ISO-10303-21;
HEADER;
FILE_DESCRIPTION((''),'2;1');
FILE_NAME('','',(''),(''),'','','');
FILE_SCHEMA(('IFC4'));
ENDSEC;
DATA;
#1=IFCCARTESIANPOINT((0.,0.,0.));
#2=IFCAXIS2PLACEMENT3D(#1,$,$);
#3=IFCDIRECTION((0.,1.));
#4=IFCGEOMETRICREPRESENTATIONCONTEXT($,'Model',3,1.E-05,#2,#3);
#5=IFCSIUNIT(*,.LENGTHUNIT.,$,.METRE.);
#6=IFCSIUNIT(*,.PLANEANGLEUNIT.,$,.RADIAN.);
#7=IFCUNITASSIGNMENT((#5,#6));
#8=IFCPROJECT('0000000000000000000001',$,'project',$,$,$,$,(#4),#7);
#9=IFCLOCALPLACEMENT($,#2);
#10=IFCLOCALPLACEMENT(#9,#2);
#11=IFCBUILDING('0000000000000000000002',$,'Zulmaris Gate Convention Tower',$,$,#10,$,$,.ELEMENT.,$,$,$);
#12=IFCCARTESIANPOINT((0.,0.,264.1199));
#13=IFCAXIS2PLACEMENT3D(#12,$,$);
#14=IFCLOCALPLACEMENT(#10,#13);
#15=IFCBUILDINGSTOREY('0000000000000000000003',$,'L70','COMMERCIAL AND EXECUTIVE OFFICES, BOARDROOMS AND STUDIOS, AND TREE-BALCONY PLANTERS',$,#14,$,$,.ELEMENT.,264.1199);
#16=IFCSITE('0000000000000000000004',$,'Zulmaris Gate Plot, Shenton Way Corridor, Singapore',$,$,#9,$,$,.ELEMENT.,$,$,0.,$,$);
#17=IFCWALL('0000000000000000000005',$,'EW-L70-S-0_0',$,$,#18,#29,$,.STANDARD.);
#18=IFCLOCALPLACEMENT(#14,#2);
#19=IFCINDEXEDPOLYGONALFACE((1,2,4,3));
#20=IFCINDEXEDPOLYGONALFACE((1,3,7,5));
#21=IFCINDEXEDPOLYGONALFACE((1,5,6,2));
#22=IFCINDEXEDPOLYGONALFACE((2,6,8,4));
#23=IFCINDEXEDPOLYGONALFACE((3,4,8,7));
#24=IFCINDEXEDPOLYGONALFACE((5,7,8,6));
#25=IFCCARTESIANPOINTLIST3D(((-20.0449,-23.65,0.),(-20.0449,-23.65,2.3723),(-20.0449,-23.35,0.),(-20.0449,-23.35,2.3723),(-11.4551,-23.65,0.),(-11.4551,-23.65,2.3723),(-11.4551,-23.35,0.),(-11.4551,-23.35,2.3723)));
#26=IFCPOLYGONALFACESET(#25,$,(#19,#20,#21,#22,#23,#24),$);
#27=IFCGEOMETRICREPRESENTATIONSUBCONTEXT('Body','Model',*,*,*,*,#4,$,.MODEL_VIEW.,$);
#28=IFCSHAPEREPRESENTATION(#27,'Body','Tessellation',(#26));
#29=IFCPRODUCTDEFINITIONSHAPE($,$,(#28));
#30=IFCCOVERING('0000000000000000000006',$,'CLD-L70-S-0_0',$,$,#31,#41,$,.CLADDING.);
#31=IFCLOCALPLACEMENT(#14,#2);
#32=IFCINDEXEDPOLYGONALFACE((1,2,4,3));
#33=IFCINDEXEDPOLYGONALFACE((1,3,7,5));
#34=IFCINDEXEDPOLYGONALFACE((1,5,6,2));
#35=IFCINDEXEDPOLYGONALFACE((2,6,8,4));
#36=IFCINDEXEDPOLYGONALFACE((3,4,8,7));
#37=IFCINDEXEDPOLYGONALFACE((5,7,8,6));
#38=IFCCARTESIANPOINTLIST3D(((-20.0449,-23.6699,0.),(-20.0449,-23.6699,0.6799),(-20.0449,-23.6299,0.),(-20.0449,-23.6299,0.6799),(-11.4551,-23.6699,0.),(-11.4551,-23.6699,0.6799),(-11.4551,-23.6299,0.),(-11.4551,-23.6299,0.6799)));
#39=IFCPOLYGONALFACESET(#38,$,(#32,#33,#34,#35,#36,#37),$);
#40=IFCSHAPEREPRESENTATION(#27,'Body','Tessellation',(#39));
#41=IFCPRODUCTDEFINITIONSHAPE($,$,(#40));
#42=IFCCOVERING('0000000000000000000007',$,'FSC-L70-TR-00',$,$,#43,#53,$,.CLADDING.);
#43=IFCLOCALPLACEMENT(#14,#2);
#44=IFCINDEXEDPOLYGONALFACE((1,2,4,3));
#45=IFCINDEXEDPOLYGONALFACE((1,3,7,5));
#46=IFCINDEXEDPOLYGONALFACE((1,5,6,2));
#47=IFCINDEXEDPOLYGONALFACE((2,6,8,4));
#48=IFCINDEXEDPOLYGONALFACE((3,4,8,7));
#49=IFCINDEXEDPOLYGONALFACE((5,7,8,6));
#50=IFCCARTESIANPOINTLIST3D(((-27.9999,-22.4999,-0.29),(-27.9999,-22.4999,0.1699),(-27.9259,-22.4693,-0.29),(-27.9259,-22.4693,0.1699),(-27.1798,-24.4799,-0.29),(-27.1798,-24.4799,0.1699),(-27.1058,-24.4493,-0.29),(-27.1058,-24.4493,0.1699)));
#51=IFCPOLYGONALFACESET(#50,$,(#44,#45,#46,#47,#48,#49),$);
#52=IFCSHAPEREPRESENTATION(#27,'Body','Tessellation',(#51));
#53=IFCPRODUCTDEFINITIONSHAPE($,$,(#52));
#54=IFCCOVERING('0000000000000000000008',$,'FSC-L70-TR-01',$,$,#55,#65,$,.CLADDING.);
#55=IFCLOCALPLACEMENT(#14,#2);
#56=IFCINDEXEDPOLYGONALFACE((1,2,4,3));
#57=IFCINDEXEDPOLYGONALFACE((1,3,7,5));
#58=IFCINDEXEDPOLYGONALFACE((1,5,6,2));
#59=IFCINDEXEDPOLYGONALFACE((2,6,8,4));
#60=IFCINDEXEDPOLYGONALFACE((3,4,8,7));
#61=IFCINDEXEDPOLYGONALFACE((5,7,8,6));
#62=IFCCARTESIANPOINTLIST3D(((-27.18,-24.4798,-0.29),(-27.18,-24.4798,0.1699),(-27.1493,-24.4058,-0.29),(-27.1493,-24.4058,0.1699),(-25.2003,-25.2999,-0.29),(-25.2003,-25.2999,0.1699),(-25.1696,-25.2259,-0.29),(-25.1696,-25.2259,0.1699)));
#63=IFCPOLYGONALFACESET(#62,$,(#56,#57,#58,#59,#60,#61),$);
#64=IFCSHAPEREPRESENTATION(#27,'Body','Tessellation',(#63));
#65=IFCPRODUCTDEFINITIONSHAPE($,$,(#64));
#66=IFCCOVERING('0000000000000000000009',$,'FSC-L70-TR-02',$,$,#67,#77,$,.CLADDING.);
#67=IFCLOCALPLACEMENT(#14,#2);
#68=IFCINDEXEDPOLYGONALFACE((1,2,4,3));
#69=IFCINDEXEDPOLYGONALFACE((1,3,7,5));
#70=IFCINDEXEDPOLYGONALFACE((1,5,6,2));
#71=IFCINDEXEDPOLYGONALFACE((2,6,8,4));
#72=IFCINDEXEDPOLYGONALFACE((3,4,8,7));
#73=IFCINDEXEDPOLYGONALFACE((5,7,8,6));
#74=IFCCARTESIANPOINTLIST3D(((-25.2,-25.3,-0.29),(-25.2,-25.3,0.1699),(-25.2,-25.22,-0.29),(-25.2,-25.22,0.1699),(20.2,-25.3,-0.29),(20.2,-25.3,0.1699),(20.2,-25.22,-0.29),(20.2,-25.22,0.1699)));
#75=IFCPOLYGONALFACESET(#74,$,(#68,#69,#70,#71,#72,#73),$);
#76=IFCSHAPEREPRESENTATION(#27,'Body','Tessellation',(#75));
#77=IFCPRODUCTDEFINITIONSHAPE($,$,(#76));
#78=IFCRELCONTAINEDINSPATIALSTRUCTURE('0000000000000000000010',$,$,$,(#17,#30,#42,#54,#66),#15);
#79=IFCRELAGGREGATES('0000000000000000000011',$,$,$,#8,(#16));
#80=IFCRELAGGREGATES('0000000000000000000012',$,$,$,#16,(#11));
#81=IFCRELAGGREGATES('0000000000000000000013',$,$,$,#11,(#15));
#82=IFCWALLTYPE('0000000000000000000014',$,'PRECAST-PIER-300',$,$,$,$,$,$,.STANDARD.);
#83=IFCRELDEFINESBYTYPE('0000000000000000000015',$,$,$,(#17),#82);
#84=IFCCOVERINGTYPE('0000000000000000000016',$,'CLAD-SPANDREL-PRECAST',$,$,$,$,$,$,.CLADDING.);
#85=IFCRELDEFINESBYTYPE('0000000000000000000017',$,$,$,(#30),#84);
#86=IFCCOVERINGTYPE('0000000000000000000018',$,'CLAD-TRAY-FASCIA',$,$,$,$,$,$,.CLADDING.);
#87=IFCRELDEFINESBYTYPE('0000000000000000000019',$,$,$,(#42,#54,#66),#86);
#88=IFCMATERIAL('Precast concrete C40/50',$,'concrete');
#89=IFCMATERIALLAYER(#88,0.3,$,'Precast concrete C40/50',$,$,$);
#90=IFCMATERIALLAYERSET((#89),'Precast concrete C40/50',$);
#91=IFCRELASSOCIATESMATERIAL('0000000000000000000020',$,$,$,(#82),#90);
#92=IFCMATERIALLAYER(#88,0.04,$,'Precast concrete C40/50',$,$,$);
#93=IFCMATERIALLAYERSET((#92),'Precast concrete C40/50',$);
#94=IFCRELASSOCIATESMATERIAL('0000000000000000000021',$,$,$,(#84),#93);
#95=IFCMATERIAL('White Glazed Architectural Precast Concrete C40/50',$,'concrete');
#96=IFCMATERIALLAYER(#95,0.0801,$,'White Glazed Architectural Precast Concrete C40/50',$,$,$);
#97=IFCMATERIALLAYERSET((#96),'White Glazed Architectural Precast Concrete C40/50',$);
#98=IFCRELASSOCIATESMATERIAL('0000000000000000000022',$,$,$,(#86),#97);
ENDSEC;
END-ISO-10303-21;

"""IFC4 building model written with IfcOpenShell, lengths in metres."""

from ifc_helpers import new_model, si_unit, direction, frame, frame_2d, origin, place, context, subcontext, project, spatial, rectangle, extrude, material, layer, layer_set, type_object, element, save


model = new_model("IFC4")

# Units and contexts
model_context = context("Model", 3, precision=1e-05, world=origin(), true_north=direction((0.0, 1.0)))
body_context = subcontext(model_context, "Body", "Model", "MODEL_VIEW")
ifc_project = project(units=[si_unit("LENGTHUNIT", "METRE"), si_unit("PLANEANGLEUNIT", "RADIAN")], contexts=[model_context])

# Site, building, storey
site_placement = place(None, origin())
site = spatial("IfcSite", under=ifc_project, at=site_placement, Name="Zulmaris Gate Plot, Shenton Way Corridor, Singapore", CompositionType="ELEMENT", RefElevation=0.0)
building_placement = place(site_placement, origin())
building = spatial("IfcBuilding", under=site, at=building_placement, Name="Zulmaris Gate Convention Tower", CompositionType="ELEMENT")
storey_placement = place(building_placement, frame((0.0, 0.0, 264.1199)))
storey = spatial("IfcBuildingStorey", under=building, at=storey_placement, Name="L70", Description="COMMERCIAL AND EXECUTIVE OFFICES, BOARDROOMS AND STUDIOS, AND TREE-BALCONY PLANTERS", CompositionType="ELEMENT", Elevation=264.1199)

# Shared definitions
ifc_material_1 = material(Name="Precast concrete C40/50", Category="concrete")
ifc_layer_1 = layer(ifc_material_1, 0.3, Name="Precast concrete C40/50")
ifc_layer_set_1 = layer_set([ifc_layer_1], Name="Precast concrete C40/50")
wall_type_1 = type_object("IfcWallType", Name="PRECAST-PIER-300", PredefinedType="STANDARD", material=ifc_layer_set_1)

# Wall
wall_1_placement = place(storey_placement, frame((-20.0449, -23.5, 0.0), z_axis=(0.0, 0.0, 1.0), x_axis=(1.0, 0.0, 0.0)))
element("IfcWall", 1, at=wall_1_placement, inside=storey, type_object=wall_type_1, Name="EW-L70-S-0_0", PredefinedType="STANDARD", context=body_context, shape_type="SweptSolid", body=[
    extrude(rectangle(XDim=8.5898, YDim=0.3, at=frame_2d((4.2949, 0.0))), origin(), (0.0, 0.0, 1.0), 2.3723),
])

# Coverings
ifc_layer_2 = layer(ifc_material_1, 0.04, Name="Precast concrete C40/50")
ifc_layer_set_2 = layer_set([ifc_layer_2], Name="Precast concrete C40/50")
covering_type_1 = type_object("IfcCoveringType", Name="CLAD-SPANDREL-PRECAST", PredefinedType="CLADDING", material=ifc_layer_set_2)
covering_1_placement = place(storey_placement, frame((-20.0449, -23.6499, 0.0), z_axis=(0.0, 0.0, 1.0), x_axis=(1.0, 0.0, 0.0)))
element("IfcCovering", 2, at=covering_1_placement, inside=storey, type_object=covering_type_1, Name="CLD-L70-S-0_0", PredefinedType="CLADDING", context=body_context, shape_type="SweptSolid", body=[
    extrude(rectangle(XDim=8.5898, YDim=0.04, at=frame_2d((4.2949, 0.0))), origin(), (0.0, 0.0, 1.0), 0.6799),
])
ifc_material_2 = material(Name="White Glazed Architectural Precast Concrete C40/50", Category="concrete")
ifc_layer_3 = layer(ifc_material_2, 0.0801, Name="White Glazed Architectural Precast Concrete C40/50")
ifc_layer_set_3 = layer_set([ifc_layer_3], Name="White Glazed Architectural Precast Concrete C40/50")
covering_type_2 = type_object("IfcCoveringType", Name="CLAD-TRAY-FASCIA", PredefinedType="CLADDING", material=ifc_layer_set_3)
covering_2_placement = place(storey_placement, frame((-27.9629, -22.4846, -0.29), z_axis=(0.0, 0.0, 1.0), x_axis=(0.382657, -0.92389, 0.0)))
element("IfcCovering", 3, at=covering_2_placement, inside=storey, type_object=covering_type_2, Name="FSC-L70-TR-00", PredefinedType="CLADDING", context=body_context, shape_type="SweptSolid", body=[
    extrude(rectangle(XDim=2.1431, YDim=0.0801, at=frame_2d((1.0715, 0.0))), origin(), (0.0, 0.0, 1.0), 0.46),
])
covering_3_placement = place(storey_placement, frame((-27.1646, -24.4429, -0.29), z_axis=(0.0, 0.0, 1.0), x_axis=(0.923874, -0.382697, 0.0)))
element("IfcCovering", 4, at=covering_3_placement, inside=storey, type_object=covering_type_2, Name="FSC-L70-TR-01", PredefinedType="CLADDING", context=body_context, shape_type="SweptSolid", body=[
    extrude(rectangle(XDim=2.1428, YDim=0.0801, at=frame_2d((1.0713, 0.0))), origin(), (0.0, 0.0, 1.0), 0.46),
])
covering_4_placement = place(storey_placement, frame((-25.2, -25.26, -0.29), z_axis=(0.0, 0.0, 1.0), x_axis=(1.0, 0.0, 0.0)))
element("IfcCovering", 5, at=covering_4_placement, inside=storey, type_object=covering_type_2, Name="FSC-L70-TR-02", PredefinedType="CLADDING", context=body_context, shape_type="SweptSolid", body=[
    extrude(rectangle(XDim=45.3999, YDim=0.0801, at=frame_2d((22.7, 0.0))), origin(), (0.0, 0.0, 1.0), 0.46),
])

save(model, "model.ifc")
